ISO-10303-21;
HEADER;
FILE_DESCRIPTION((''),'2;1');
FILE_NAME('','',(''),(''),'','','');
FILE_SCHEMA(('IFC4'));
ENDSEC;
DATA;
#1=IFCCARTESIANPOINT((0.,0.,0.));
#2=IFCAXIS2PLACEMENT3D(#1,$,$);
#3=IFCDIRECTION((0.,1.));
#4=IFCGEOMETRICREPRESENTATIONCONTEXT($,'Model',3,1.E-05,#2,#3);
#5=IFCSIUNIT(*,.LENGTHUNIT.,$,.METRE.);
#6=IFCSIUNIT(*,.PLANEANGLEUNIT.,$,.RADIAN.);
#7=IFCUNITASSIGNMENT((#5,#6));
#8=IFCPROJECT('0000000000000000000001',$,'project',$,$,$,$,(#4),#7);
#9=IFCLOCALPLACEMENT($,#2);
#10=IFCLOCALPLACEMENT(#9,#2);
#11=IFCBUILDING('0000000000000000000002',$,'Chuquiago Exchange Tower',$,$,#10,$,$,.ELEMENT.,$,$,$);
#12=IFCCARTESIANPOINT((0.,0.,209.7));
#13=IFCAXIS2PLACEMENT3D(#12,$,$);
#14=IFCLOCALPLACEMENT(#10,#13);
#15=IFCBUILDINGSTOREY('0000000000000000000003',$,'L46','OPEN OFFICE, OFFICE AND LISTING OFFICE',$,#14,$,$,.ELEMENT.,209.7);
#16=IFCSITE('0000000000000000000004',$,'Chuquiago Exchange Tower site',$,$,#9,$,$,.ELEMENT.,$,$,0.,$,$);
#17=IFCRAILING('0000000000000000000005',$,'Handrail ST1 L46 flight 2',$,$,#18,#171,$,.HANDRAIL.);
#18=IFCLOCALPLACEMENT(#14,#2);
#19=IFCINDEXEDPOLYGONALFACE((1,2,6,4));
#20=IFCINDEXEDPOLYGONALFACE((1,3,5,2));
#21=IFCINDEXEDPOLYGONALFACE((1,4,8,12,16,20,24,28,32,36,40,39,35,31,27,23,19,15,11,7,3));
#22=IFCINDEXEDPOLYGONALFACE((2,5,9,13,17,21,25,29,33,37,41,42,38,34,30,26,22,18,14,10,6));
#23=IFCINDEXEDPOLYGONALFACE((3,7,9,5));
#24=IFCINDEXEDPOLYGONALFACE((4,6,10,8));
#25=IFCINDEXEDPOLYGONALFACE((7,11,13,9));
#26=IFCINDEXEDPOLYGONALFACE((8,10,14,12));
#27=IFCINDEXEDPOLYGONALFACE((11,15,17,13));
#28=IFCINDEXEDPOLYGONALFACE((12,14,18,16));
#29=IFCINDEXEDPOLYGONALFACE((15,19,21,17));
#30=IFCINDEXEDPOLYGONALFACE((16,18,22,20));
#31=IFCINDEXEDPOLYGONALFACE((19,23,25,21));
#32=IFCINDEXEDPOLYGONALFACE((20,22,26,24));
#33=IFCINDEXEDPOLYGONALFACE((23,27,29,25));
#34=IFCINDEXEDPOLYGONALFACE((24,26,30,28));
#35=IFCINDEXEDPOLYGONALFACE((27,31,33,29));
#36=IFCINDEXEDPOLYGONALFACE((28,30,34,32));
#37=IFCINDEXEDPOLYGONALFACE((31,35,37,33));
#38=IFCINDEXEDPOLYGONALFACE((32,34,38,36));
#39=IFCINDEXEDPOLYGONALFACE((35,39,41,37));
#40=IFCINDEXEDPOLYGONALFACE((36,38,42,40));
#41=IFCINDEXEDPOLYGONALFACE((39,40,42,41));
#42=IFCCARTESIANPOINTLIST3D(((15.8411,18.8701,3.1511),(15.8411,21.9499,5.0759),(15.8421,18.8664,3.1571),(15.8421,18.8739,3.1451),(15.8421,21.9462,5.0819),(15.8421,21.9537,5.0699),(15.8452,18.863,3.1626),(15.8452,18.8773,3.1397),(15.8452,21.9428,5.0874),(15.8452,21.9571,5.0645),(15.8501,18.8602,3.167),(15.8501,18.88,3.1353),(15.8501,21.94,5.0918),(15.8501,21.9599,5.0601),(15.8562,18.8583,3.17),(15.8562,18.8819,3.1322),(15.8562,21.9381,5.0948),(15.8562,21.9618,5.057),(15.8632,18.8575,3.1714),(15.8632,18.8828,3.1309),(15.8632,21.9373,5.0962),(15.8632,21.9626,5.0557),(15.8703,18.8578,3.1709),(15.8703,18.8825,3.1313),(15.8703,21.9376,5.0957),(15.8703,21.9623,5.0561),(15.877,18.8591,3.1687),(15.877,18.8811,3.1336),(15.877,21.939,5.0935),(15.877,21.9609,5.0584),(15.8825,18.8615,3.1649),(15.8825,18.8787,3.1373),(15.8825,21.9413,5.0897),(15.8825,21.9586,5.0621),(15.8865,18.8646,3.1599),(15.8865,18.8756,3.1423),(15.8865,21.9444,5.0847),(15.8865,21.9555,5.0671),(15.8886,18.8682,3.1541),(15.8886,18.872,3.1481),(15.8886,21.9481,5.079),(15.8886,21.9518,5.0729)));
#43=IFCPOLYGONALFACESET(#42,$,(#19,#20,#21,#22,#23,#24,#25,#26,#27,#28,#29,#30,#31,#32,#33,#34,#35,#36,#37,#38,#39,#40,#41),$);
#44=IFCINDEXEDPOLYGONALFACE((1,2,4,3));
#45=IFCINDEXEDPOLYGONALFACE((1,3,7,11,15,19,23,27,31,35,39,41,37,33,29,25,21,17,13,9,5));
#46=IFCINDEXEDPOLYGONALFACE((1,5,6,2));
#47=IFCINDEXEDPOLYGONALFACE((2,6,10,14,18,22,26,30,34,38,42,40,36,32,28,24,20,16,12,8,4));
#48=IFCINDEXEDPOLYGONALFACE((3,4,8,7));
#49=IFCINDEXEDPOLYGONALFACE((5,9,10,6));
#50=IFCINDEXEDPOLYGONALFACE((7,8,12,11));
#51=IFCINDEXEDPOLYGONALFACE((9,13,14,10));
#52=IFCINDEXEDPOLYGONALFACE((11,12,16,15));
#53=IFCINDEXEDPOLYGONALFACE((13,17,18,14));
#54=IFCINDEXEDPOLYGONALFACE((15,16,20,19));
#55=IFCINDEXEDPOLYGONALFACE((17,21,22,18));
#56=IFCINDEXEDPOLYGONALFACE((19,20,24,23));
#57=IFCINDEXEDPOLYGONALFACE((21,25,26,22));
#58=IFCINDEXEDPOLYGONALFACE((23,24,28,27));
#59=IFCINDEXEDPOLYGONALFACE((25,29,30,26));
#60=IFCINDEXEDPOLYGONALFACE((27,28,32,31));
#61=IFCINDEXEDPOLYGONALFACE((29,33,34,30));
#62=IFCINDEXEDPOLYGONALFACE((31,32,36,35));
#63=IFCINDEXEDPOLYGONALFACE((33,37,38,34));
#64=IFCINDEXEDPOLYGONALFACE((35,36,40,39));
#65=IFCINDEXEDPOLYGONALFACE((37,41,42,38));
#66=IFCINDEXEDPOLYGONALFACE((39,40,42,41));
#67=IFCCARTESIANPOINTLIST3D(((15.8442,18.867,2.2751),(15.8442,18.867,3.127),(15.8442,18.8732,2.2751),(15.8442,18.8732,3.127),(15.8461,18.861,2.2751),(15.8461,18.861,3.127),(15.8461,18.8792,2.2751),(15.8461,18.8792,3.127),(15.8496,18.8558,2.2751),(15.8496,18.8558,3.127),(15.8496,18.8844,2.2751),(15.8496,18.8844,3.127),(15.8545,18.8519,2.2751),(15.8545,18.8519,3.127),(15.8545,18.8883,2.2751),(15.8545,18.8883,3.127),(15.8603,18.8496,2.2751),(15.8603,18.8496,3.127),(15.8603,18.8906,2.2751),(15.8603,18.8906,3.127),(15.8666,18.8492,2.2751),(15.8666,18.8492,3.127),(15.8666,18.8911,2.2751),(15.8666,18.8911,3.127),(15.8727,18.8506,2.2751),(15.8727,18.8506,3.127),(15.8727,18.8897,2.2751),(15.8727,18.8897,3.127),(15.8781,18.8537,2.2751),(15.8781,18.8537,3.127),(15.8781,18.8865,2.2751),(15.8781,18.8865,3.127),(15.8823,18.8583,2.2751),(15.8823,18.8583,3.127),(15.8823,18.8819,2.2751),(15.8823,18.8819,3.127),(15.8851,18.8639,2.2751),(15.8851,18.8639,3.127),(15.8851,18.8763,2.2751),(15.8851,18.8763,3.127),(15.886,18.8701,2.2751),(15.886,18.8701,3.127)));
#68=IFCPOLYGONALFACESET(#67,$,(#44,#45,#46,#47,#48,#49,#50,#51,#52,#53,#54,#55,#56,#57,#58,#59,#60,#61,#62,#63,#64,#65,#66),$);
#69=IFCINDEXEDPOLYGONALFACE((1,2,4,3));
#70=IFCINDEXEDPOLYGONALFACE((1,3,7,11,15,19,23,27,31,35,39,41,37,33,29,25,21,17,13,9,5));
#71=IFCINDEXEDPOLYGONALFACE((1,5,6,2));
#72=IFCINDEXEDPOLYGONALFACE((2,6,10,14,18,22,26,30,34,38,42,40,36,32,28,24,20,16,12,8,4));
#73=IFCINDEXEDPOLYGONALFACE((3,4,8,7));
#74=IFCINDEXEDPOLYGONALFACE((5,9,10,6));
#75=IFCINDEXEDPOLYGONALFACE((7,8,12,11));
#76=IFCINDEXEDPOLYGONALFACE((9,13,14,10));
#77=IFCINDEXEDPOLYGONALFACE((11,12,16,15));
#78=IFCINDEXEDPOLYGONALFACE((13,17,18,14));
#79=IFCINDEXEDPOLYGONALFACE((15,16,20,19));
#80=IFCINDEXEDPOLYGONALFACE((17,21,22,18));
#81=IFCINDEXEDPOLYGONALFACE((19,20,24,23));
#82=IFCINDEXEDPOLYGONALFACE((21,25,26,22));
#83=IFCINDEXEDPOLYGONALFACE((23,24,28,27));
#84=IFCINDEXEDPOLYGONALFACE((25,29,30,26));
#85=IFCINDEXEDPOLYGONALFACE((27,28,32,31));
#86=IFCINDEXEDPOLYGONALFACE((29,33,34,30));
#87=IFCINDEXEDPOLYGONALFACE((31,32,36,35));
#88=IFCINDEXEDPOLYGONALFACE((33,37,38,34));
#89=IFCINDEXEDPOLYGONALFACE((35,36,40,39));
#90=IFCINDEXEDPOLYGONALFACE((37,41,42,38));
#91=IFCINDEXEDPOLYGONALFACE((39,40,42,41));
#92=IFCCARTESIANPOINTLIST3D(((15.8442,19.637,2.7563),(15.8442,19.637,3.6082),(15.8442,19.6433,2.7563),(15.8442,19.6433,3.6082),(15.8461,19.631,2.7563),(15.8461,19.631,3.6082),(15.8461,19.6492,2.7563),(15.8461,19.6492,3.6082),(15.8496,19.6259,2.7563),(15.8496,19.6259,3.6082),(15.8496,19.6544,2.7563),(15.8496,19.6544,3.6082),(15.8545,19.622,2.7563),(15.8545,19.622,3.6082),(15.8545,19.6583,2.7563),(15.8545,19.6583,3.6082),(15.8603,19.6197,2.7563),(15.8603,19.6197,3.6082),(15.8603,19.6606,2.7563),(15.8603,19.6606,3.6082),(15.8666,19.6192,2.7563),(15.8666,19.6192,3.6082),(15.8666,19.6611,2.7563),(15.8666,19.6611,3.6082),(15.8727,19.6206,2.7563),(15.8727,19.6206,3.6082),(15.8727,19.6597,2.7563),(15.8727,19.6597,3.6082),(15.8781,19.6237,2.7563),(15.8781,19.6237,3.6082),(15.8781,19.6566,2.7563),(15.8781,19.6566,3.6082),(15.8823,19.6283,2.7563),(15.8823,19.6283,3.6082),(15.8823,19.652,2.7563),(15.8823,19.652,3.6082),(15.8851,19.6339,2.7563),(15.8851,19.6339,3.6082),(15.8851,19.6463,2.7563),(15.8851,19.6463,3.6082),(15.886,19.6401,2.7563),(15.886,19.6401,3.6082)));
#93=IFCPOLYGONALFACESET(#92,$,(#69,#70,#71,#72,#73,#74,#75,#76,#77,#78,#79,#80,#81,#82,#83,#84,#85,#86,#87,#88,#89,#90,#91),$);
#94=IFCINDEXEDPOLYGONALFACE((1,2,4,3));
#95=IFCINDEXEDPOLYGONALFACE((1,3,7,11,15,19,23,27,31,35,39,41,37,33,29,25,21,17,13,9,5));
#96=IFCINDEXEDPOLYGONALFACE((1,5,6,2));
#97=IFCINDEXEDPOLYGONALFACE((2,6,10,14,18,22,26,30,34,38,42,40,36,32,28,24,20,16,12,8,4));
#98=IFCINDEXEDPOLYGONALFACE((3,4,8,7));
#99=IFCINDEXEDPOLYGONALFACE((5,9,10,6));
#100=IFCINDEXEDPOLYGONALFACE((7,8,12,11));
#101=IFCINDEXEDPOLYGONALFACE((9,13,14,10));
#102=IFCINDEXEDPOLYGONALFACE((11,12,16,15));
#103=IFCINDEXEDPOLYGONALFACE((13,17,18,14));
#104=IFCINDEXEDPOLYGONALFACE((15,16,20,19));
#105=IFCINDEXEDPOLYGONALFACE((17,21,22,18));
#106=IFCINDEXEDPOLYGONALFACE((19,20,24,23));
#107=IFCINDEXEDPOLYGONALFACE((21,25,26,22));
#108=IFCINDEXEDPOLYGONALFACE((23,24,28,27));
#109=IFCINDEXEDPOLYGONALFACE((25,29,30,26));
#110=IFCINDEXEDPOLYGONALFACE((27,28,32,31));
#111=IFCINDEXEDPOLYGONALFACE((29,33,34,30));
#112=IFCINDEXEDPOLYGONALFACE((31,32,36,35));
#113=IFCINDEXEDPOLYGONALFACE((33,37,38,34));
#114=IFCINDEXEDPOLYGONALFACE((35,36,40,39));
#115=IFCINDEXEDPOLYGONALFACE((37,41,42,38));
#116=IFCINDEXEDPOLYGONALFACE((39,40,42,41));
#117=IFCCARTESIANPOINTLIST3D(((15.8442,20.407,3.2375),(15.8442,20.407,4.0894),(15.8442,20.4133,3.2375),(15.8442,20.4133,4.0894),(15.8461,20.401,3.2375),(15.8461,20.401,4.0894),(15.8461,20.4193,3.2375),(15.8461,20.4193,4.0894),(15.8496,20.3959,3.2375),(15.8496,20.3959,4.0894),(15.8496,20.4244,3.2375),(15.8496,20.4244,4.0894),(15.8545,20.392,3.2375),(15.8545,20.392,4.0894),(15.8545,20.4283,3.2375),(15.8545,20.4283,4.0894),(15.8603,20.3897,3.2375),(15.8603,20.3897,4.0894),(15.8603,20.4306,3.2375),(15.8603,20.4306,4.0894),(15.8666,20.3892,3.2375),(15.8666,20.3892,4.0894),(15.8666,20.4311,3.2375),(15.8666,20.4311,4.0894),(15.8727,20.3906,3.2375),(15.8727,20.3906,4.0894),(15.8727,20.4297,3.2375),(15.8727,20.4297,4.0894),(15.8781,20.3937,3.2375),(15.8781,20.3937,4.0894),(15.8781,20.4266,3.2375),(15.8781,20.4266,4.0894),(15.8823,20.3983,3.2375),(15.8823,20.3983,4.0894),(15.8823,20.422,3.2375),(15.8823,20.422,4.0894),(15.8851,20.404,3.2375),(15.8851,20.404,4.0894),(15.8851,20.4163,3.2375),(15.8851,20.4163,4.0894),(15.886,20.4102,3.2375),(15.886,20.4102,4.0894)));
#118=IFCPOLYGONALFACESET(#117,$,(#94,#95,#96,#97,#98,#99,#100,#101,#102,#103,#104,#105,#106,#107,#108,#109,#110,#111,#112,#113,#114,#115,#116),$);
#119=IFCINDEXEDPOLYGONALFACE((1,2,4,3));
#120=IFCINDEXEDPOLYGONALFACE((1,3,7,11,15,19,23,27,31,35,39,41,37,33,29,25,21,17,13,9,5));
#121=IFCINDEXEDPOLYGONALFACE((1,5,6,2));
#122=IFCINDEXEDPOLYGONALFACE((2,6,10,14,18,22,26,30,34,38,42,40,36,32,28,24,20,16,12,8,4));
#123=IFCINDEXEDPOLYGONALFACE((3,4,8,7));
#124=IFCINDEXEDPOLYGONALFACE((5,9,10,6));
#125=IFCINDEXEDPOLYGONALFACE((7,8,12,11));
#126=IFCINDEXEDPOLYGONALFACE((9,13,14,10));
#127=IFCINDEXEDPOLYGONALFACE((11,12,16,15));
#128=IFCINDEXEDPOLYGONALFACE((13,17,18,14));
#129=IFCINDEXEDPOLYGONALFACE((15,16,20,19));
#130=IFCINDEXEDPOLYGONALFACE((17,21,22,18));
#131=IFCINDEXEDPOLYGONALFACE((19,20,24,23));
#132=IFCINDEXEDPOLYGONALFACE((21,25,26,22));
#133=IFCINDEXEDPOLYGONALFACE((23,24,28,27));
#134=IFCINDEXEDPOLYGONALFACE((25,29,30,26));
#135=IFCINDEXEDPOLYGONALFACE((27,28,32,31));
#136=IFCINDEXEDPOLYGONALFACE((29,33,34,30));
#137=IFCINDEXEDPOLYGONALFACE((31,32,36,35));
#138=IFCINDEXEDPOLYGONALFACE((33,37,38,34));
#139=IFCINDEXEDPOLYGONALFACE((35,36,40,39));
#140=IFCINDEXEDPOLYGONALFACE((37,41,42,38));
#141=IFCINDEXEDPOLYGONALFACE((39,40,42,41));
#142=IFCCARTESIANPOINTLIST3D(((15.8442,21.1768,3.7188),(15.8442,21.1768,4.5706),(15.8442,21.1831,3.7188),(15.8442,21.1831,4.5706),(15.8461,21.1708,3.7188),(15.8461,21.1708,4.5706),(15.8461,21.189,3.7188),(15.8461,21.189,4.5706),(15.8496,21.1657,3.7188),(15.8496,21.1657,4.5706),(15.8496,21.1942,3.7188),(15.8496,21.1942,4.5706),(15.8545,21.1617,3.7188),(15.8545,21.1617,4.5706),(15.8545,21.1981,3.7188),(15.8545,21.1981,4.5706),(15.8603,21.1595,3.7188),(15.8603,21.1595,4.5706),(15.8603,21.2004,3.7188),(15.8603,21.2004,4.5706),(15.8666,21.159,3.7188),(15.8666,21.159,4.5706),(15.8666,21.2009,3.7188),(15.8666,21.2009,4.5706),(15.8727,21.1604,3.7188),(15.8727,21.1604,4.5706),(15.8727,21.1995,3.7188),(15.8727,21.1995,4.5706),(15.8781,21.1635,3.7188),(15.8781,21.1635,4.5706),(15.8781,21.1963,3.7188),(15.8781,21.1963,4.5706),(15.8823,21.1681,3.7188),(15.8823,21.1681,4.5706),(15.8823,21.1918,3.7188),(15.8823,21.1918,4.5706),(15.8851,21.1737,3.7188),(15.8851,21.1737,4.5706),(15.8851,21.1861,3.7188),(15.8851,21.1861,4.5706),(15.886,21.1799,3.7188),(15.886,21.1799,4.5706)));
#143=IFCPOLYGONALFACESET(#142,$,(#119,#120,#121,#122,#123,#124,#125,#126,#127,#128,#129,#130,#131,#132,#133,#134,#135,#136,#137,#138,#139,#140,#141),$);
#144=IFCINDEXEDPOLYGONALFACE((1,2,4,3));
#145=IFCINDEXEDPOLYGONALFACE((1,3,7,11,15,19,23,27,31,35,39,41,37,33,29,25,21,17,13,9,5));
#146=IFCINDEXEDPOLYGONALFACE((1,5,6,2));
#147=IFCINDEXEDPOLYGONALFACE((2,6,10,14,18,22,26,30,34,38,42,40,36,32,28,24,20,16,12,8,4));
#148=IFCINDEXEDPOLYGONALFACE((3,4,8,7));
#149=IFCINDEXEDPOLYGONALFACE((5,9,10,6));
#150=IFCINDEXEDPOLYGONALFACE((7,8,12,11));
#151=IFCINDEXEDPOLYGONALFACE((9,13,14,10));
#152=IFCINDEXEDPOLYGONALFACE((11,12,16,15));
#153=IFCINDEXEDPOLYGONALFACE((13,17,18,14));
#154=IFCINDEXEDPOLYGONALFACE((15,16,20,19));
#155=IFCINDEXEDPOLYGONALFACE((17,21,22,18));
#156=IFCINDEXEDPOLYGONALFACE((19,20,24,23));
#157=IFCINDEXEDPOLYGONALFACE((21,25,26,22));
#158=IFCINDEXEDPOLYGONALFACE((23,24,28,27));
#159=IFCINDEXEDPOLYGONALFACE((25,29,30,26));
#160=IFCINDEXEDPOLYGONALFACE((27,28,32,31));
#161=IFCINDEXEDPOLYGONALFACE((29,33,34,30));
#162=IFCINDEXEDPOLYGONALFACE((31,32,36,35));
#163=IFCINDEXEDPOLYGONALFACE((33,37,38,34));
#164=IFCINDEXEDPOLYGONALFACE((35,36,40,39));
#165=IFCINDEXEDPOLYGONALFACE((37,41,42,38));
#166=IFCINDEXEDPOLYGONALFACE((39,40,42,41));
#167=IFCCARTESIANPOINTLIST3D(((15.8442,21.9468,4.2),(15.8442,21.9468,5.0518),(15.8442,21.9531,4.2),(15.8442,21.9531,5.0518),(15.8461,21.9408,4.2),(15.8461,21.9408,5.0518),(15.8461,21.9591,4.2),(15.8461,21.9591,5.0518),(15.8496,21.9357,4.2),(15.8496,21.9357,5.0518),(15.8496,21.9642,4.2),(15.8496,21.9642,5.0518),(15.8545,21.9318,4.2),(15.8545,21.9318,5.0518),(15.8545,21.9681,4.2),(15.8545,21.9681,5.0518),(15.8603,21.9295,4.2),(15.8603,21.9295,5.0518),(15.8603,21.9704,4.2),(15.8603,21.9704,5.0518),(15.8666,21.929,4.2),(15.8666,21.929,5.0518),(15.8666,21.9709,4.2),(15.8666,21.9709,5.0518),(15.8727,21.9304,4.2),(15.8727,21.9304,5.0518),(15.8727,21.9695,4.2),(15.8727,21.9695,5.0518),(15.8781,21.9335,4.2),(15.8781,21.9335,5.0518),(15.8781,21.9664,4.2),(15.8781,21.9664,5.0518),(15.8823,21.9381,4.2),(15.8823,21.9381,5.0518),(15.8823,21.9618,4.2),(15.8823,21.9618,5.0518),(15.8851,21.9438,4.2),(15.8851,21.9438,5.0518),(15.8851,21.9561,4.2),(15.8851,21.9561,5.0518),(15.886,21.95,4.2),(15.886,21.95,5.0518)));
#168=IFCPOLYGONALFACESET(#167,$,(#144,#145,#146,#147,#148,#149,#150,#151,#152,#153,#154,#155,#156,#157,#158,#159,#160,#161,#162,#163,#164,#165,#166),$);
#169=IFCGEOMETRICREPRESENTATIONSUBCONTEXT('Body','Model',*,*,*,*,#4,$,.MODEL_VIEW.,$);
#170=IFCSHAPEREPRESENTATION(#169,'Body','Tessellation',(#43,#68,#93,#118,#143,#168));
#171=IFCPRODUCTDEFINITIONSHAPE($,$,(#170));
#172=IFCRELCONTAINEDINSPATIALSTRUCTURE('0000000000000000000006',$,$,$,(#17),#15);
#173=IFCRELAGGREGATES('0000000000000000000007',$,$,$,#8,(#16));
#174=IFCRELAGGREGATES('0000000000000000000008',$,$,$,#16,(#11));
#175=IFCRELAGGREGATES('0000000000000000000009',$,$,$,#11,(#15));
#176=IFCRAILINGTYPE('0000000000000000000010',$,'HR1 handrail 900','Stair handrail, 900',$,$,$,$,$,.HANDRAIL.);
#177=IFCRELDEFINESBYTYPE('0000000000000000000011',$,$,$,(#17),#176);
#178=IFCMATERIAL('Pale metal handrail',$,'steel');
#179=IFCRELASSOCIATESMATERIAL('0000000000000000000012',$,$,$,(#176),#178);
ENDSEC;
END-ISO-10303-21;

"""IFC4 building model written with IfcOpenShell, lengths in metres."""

from ifc_helpers import new_model, si_unit, direction, frame, origin, origin_2d, place, context, subcontext, project, spatial, circle, extrude, material, type_object, element, save


model = new_model("IFC4")

# Units and contexts
model_context = context("Model", 3, precision=1e-05, world=origin(), true_north=direction((0.0, 1.0)))
body_context = subcontext(model_context, "Body", "Model", "MODEL_VIEW")
ifc_project = project(units=[si_unit("LENGTHUNIT", "METRE"), si_unit("PLANEANGLEUNIT", "RADIAN")], contexts=[model_context])

# Site, building, storey
site_placement = place(None, origin())
site = spatial("IfcSite", under=ifc_project, at=site_placement, Name="Chuquiago Exchange Tower site", CompositionType="ELEMENT", RefElevation=0.0)
building_placement = place(site_placement, origin())
building = spatial("IfcBuilding", under=site, at=building_placement, Name="Chuquiago Exchange Tower", CompositionType="ELEMENT")
storey_placement = place(building_placement, frame((0.0, 0.0, 209.7)))
storey = spatial("IfcBuildingStorey", under=building, at=storey_placement, Name="L46", Description="OPEN OFFICE, OFFICE AND LISTING OFFICE", CompositionType="ELEMENT", Elevation=209.7)

# Railing
ifc_material_1 = material(Name="Pale metal handrail", Category="steel")
railing_type_1 = type_object("IfcRailingType", Name="HR1 handrail 900", Description="Stair handrail, 900", PredefinedType="HANDRAIL", material=ifc_material_1)
for number, where, name in (
    (1, (15.865, 18.8701, 2.2751), "Handrail ST1 L46 flight 2"),
):
    element("IfcRailing", number, at=place(storey_placement, frame(where)), inside=storey, type_object=railing_type_1, Name=name, PredefinedType="HANDRAIL", context=body_context, shape_type="SweptSolid", body=[
        extrude(circle(Radius=0.0239, at=origin_2d()), frame((0.0, 0.0, 0.876), z_axis=(0.0, 0.84801, 0.529981), x_axis=(-1.0, 0.0, 0.0)), (0.0, 0.0, 1.0), 3.6318),
        extrude(circle(Radius=0.021, at=origin_2d()), origin(), (0.0, 0.0, 1.0), 0.8518),
        extrude(circle(Radius=0.021, at=origin_2d()), frame((0.0, 0.77, 0.4812)), (0.0, 0.0, 1.0), 0.8518),
        extrude(circle(Radius=0.021, at=origin_2d()), frame((0.0, 1.54, 0.9624)), (0.0, 0.0, 1.0), 0.8518),
        extrude(circle(Radius=0.021, at=origin_2d()), frame((0.0, 2.3098, 1.4436)), (0.0, 0.0, 1.0), 0.8518),
        extrude(circle(Radius=0.021, at=origin_2d()), frame((0.0, 3.0798, 1.9248)), (0.0, 0.0, 1.0), 0.8518),
    ])

save(model, "model.ifc")
